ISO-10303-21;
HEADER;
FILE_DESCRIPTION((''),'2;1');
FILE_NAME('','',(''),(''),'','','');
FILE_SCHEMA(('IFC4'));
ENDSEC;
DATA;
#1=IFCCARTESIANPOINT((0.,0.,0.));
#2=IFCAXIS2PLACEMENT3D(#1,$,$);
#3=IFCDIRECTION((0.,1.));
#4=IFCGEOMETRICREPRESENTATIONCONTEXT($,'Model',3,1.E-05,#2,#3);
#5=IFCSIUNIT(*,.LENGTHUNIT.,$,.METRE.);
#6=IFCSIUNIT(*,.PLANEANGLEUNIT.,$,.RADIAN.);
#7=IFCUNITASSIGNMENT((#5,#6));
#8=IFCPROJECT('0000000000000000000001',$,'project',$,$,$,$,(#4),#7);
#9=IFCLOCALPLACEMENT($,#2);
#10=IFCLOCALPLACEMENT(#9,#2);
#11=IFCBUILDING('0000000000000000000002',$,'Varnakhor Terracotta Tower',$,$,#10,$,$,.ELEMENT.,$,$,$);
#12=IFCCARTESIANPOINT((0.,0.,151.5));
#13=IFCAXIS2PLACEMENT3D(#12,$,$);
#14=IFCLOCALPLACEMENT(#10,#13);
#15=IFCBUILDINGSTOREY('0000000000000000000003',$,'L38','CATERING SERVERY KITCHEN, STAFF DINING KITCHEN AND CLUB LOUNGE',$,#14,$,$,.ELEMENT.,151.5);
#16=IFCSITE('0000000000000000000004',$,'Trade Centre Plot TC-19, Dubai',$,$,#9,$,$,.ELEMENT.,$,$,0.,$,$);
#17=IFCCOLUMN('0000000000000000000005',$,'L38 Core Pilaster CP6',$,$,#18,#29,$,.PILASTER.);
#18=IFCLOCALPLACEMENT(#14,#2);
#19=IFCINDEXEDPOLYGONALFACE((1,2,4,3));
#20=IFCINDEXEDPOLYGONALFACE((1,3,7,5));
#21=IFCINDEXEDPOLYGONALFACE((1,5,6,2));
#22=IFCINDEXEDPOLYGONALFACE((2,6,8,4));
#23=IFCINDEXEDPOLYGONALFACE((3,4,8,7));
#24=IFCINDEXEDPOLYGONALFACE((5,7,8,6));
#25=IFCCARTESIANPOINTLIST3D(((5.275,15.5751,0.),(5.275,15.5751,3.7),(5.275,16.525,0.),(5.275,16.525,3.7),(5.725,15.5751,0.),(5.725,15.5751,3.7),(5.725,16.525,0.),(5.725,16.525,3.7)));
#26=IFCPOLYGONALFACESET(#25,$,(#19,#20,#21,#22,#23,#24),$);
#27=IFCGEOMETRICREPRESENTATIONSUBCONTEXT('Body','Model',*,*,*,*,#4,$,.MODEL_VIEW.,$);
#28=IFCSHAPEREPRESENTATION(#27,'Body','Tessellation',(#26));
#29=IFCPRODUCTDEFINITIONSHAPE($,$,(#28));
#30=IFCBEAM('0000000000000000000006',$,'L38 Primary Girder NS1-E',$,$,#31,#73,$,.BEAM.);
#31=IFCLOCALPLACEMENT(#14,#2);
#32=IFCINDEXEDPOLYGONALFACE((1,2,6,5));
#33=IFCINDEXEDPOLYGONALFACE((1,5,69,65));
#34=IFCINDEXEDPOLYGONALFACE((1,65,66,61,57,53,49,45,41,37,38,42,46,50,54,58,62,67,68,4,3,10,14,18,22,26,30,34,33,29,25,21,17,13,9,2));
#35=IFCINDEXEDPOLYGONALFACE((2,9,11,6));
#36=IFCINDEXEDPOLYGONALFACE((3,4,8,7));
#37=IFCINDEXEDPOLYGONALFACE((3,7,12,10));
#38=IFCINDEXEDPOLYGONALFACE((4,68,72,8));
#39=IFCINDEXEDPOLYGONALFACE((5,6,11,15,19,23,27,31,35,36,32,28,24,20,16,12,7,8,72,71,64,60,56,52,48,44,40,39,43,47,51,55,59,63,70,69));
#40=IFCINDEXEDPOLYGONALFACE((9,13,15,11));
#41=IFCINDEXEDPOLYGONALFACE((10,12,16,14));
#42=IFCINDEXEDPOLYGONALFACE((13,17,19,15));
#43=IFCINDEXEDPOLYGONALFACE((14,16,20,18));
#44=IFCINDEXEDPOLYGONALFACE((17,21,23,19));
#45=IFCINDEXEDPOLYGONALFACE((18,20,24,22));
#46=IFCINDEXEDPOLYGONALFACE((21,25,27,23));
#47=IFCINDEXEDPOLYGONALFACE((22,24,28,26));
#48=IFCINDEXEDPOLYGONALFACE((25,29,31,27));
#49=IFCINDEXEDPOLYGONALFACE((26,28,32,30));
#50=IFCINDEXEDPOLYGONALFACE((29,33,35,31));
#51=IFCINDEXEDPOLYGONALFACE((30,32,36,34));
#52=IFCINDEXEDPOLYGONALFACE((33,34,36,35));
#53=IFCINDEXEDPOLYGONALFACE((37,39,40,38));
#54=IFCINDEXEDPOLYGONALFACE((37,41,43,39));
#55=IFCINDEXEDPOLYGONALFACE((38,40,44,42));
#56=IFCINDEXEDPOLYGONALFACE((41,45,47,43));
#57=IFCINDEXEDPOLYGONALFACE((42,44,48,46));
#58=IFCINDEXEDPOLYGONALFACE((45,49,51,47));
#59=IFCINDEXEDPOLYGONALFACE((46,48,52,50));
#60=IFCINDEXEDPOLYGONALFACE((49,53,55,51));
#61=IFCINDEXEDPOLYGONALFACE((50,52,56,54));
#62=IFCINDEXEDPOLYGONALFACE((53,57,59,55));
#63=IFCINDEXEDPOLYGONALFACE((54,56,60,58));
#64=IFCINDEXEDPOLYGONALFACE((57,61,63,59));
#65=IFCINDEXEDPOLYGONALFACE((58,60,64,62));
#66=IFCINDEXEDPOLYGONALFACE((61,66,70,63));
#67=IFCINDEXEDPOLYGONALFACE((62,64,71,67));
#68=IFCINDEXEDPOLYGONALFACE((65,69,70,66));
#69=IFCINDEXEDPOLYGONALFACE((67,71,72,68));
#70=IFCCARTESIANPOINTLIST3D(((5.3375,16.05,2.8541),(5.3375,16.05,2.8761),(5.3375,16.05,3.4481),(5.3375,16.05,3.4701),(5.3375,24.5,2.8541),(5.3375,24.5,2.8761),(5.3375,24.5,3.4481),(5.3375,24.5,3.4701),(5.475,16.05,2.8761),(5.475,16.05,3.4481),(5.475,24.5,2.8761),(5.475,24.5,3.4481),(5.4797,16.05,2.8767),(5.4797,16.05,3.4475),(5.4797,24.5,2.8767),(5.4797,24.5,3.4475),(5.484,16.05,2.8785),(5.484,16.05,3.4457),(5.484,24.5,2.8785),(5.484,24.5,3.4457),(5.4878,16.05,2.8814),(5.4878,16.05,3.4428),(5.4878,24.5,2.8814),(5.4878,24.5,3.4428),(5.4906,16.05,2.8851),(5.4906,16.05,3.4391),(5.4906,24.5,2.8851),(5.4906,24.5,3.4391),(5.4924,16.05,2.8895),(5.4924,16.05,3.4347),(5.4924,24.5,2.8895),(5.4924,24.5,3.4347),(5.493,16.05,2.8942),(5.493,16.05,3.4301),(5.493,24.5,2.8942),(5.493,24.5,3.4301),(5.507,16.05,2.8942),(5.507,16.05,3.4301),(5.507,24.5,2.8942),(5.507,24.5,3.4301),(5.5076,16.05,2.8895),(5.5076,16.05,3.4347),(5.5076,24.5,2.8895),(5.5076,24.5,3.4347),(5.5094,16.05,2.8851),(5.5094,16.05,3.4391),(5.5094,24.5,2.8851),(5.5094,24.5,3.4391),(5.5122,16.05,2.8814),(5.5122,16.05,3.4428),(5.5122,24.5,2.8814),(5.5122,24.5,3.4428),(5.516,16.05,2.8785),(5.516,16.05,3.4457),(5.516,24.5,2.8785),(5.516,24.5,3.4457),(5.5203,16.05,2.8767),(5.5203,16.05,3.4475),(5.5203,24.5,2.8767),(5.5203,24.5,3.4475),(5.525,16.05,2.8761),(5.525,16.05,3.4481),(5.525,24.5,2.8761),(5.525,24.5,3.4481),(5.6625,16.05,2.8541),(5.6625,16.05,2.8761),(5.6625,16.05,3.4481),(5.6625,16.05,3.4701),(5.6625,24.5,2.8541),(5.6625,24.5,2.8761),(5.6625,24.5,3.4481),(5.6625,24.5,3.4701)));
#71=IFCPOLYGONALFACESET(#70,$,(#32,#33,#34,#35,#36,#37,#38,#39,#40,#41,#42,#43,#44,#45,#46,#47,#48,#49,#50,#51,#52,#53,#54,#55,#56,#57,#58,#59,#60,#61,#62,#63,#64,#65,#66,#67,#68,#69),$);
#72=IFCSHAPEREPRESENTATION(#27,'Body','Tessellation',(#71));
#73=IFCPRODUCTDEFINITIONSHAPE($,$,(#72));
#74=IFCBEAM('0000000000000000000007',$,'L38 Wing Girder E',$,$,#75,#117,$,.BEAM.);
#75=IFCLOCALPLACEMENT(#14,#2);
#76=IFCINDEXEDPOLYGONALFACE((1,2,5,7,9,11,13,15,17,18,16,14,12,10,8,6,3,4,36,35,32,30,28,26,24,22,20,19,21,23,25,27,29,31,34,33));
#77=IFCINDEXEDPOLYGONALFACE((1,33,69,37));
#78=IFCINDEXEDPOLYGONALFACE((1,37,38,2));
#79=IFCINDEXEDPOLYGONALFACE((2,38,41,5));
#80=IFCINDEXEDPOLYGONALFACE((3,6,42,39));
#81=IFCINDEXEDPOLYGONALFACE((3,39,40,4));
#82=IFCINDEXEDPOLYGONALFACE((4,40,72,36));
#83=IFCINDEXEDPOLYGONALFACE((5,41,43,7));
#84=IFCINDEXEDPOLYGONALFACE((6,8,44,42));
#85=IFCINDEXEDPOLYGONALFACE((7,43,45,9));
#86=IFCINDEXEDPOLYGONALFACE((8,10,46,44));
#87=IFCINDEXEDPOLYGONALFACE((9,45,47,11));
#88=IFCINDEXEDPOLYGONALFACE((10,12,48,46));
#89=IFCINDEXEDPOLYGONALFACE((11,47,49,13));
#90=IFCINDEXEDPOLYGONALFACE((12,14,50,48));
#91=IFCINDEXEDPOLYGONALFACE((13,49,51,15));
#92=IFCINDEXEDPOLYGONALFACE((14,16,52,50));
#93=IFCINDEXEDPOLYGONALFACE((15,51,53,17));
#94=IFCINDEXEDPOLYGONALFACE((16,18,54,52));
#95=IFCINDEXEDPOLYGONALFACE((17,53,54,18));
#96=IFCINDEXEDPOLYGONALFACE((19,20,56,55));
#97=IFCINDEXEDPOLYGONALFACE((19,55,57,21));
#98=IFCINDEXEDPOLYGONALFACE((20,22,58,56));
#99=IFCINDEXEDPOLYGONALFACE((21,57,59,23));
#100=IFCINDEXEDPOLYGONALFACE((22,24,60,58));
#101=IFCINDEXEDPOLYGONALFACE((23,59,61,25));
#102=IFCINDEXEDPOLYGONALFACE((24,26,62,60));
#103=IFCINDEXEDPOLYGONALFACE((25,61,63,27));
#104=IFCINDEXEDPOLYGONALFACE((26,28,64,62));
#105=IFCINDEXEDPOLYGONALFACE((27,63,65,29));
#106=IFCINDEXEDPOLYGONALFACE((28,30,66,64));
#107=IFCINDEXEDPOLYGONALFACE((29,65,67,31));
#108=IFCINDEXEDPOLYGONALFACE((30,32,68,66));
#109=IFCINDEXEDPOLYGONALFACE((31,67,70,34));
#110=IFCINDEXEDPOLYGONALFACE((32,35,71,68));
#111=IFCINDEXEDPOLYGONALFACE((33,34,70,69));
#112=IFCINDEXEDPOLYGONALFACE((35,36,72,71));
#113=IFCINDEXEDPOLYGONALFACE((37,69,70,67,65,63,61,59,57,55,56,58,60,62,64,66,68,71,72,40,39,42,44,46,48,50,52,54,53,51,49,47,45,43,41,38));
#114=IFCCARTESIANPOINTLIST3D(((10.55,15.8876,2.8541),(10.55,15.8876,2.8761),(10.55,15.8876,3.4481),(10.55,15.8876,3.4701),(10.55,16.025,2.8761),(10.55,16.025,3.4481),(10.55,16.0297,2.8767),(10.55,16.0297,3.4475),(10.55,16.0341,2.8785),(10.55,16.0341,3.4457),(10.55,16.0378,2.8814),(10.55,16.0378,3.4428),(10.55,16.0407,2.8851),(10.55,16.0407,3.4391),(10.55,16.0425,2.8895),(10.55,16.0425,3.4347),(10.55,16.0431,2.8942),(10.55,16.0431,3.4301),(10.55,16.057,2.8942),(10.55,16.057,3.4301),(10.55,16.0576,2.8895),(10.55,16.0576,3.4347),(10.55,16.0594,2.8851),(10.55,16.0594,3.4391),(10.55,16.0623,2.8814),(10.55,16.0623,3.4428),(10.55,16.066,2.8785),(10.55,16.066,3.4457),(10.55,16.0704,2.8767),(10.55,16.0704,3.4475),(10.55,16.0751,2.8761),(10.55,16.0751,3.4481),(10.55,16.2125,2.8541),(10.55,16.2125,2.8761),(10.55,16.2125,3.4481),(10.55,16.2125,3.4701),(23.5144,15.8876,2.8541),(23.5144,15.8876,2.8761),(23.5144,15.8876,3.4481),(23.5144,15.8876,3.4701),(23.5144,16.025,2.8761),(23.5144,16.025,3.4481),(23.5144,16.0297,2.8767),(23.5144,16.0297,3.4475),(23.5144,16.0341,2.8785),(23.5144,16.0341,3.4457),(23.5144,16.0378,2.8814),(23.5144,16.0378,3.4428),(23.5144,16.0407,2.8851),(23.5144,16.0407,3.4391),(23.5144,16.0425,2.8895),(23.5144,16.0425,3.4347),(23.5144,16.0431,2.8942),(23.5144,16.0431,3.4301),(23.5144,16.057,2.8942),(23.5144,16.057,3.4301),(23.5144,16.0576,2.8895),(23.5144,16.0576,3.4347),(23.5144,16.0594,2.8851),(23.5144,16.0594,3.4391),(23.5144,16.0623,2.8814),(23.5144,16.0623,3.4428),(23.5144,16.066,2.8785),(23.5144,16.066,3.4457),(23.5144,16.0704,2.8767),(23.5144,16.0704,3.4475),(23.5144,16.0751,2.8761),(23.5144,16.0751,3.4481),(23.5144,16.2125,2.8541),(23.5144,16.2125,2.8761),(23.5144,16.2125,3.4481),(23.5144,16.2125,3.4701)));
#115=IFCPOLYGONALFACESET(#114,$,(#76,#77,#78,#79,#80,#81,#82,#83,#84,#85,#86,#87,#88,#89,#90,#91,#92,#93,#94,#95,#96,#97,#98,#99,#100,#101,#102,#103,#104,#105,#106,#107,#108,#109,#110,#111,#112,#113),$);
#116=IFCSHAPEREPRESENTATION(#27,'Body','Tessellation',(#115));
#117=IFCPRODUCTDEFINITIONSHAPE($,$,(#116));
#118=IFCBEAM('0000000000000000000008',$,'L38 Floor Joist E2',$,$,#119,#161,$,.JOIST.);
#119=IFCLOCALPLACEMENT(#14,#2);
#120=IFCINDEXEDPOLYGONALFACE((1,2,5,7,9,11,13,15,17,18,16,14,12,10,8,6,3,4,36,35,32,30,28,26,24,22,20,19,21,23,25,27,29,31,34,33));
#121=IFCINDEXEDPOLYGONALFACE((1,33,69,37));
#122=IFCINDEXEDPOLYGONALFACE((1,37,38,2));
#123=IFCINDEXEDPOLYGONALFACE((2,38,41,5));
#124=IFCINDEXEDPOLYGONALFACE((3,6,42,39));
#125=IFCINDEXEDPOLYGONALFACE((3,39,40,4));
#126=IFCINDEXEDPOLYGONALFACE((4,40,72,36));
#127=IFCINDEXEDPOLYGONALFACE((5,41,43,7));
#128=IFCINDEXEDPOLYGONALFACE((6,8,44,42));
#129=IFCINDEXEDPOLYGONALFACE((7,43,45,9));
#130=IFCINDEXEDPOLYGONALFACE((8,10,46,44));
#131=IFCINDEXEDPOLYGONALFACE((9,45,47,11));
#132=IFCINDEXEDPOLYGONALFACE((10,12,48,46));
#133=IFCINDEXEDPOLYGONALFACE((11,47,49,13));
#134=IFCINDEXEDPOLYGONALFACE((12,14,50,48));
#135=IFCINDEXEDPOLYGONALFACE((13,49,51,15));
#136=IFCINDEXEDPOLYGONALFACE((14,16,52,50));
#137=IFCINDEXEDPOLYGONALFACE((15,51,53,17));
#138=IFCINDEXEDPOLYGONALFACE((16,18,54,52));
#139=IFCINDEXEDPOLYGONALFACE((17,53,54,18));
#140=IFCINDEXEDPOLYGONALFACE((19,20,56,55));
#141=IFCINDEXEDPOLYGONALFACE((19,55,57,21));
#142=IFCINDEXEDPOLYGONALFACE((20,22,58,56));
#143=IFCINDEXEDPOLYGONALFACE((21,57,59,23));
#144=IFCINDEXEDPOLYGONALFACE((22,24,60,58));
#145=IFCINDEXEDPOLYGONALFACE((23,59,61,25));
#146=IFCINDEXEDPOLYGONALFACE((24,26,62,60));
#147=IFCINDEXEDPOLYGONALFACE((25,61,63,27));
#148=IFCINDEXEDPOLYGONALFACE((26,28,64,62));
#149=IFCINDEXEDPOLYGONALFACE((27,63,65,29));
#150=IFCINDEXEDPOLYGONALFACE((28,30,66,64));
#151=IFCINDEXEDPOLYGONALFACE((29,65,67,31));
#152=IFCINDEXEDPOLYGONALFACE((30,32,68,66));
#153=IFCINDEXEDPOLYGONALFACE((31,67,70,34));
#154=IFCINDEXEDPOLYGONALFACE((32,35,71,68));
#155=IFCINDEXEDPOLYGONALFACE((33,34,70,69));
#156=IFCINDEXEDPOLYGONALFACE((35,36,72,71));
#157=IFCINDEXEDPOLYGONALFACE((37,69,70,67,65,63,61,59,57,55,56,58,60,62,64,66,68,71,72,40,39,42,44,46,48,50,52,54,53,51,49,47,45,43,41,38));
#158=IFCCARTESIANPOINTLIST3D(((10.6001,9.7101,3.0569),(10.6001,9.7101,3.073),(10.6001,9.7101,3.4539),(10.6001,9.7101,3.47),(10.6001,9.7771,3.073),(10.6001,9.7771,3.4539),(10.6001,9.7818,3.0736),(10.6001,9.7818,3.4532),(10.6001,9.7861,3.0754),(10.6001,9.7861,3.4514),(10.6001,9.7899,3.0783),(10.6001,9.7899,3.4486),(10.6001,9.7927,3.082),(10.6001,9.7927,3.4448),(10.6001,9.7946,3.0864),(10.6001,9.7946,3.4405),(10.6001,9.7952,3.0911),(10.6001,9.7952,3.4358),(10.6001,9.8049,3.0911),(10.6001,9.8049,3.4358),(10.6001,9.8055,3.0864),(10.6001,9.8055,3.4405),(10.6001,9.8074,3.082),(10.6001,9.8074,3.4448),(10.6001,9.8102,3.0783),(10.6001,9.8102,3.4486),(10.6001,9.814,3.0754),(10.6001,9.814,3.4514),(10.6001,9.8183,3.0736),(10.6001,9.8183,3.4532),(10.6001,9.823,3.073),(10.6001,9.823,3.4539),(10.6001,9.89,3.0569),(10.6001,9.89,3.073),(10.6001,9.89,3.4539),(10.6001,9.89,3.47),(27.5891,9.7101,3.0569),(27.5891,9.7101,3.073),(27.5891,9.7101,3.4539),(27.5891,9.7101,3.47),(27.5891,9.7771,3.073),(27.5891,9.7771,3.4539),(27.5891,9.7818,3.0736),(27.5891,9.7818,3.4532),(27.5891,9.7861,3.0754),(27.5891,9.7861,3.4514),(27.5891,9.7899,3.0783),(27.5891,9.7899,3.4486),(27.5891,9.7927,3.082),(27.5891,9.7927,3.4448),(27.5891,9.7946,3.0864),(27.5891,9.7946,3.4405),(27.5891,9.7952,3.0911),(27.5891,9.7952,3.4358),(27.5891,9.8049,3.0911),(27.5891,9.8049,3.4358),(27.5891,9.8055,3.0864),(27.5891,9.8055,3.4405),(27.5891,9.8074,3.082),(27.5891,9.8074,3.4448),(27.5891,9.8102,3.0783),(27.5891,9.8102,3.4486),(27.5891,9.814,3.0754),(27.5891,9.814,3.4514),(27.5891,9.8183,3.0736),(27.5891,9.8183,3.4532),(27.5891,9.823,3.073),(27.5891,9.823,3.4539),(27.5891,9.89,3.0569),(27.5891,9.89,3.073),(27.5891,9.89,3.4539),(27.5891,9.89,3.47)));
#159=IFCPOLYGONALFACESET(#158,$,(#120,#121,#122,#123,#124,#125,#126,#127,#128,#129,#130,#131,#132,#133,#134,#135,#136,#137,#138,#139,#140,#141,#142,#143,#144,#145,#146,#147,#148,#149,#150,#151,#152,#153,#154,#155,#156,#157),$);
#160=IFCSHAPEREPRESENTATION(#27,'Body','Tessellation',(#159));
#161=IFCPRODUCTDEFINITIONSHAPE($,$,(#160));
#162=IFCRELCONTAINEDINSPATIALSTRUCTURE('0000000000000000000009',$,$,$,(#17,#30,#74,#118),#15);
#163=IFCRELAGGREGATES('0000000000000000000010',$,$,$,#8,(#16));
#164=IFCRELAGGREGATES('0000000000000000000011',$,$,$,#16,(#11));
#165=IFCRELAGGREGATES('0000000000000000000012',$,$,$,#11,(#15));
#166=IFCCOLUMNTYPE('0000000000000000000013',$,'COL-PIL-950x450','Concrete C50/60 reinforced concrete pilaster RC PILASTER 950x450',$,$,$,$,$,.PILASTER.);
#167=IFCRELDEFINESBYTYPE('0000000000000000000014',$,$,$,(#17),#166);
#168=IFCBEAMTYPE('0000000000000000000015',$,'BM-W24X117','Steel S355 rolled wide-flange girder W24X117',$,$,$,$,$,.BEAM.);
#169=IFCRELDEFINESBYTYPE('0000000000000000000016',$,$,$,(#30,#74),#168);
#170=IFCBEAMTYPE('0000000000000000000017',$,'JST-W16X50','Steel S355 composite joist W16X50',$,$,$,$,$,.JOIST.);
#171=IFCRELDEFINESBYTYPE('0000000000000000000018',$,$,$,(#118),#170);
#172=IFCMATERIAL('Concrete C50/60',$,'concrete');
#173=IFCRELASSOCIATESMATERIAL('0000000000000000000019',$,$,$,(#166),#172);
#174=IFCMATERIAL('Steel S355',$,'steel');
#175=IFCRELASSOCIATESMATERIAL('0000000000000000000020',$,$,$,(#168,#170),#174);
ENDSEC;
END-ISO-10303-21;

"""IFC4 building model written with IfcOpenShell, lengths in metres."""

from ifc_helpers import new_model, si_unit, direction, frame, origin, origin_2d, place, context, subcontext, project, spatial, rectangle, i_section, extrude, source, transform, mapped, material, material_profile, profile_set, type_object, type_shapes, element, save


model = new_model("IFC4")

# Units and contexts
model_context = context("Model", 3, precision=1e-05, world=origin(), true_north=direction((0.0, 1.0)))
body_context = subcontext(model_context, "Body", "Model", "MODEL_VIEW")
ifc_project = project(units=[si_unit("LENGTHUNIT", "METRE"), si_unit("PLANEANGLEUNIT", "RADIAN")], contexts=[model_context])

# Site, building, storey
site_placement = place(None, origin())
site = spatial("IfcSite", under=ifc_project, at=site_placement, Name="Trade Centre Plot TC-19, Dubai", CompositionType="ELEMENT", RefElevation=0.0)
building_placement = place(site_placement, origin())
building = spatial("IfcBuilding", under=site, at=building_placement, Name="Varnakhor Terracotta Tower", CompositionType="ELEMENT")
storey_placement = place(building_placement, frame((0.0, 0.0, 151.5)))
storey = spatial("IfcBuildingStorey", under=building, at=storey_placement, Name="L38", Description="CATERING SERVERY KITCHEN, STAFF DINING KITCHEN AND CLUB LOUNGE", CompositionType="ELEMENT", Elevation=151.5)

# Column
ifc_material_1 = material(Name="Concrete C50/60", Category="concrete")
ifc_material_profile_1 = material_profile(ifc_material_1, rectangle(XDim=0.45, YDim=0.95, at=origin_2d()), Name="RC PILASTER 950x450")
ifc_profile_set_1 = profile_set([ifc_material_profile_1], Name="Concrete C50/60")
column_type = type_object("IfcColumnType", Name="COL-PIL-950x450", Description="Concrete C50/60 reinforced concrete pilaster RC PILASTER 950x450", PredefinedType="PILASTER", material=ifc_profile_set_1)
shared_shape_1 = source(origin(), body_context, "Body", "SweptSolid", [
    extrude(rectangle(XDim=0.45, YDim=0.95, at=origin_2d()), origin(), (0.0, 0.0, 1.0), 3.7),
])
column_placement = place(storey_placement, frame((5.5, 16.05, 0.0), z_axis=(0.0, 0.0, 1.0), x_axis=(1.0, 0.0, 0.0)))
element("IfcColumn", 1, at=column_placement, inside=storey, type_object=column_type, Name="L38 Core Pilaster CP6", PredefinedType="PILASTER", context=body_context, shape_type="MappedRepresentation", body=[
    mapped(shared_shape_1, transform((0.0, 0.0, 0.0), scale=1.0)),
])

# Beams
ifc_material_2 = material(Name="Steel S355", Category="steel")
ifc_material_profile_2 = material_profile(ifc_material_2, i_section(OverallWidth=0.325, OverallDepth=0.616, WebThickness=0.0139, FlangeThickness=0.022, FilletRadius=0.0181, at=origin_2d()), Name="W24X117")
ifc_profile_set_2 = profile_set([ifc_material_profile_2], Name="Steel S355")
beam_type_1 = type_object("IfcBeamType", Name="BM-W24X117", Description="Steel S355 rolled wide-flange girder W24X117", PredefinedType="BEAM", material=ifc_profile_set_2)
shared_shape_2 = source(origin(), body_context, "Body", "SweptSolid", [
    extrude(i_section(OverallWidth=0.325, OverallDepth=0.616, WebThickness=0.0139, FlangeThickness=0.022, FilletRadius=0.0181, at=origin_2d()), origin(), (0.0, 0.0, 1.0), 8.45),
])
type_shapes(beam_type_1, [shared_shape_2])
beam_1_placement = place(storey_placement, frame((5.5, 16.05, 3.1621), z_axis=(0.0, 1.0, 0.0), x_axis=(-1.0, 0.0, 0.0)))
element("IfcBeam", 2, at=beam_1_placement, inside=storey, type_object=beam_type_1, Name="L38 Primary Girder NS1-E", PredefinedType="BEAM", context=body_context, shape_type="MappedRepresentation", body=[
    mapped(shared_shape_2, transform((0.0, 0.0, 0.0), scale=1.0)),
])
shared_shape_3 = source(origin(), body_context, "Body", "SweptSolid", [
    extrude(i_section(OverallWidth=0.325, OverallDepth=0.616, WebThickness=0.0139, FlangeThickness=0.022, FilletRadius=0.0181, at=origin_2d()), origin(), (0.0, 0.0, 1.0), 12.9644),
])
beam_2_placement = place(storey_placement, frame((10.55, 16.05, 3.1621), z_axis=(1.0, 0.0, 0.0), x_axis=(0.0, 1.0, 0.0)))
element("IfcBeam", 3, at=beam_2_placement, inside=storey, type_object=beam_type_1, Name="L38 Wing Girder E", PredefinedType="BEAM", context=body_context, shape_type="MappedRepresentation", body=[
    mapped(shared_shape_3, transform((0.0, 0.0, 0.0), scale=1.0)),
])
ifc_material_profile_3 = material_profile(ifc_material_2, i_section(OverallWidth=0.1799, OverallDepth=0.4131, WebThickness=0.0098, FlangeThickness=0.0161, FilletRadius=0.0181, at=origin_2d()), Name="W16X50")
ifc_profile_set_3 = profile_set([ifc_material_profile_3], Name="Steel S355")
beam_type_2 = type_object("IfcBeamType", Name="JST-W16X50", Description="Steel S355 composite joist W16X50", PredefinedType="JOIST", material=ifc_profile_set_3)
shared_shape_4 = source(origin(), body_context, "Body", "SweptSolid", [
    extrude(i_section(OverallWidth=0.1799, OverallDepth=0.4131, WebThickness=0.0098, FlangeThickness=0.0161, FilletRadius=0.0181, at=origin_2d()), origin(), (0.0, 0.0, 1.0), 16.989),
])
beam_3_placement = place(storey_placement, frame((10.6001, 9.8, 3.2634), z_axis=(1.0, 0.0, 0.0), x_axis=(0.0, 1.0, 0.0)))
element("IfcBeam", 4, at=beam_3_placement, inside=storey, type_object=beam_type_2, Name="L38 Floor Joist E2", PredefinedType="JOIST", context=body_context, shape_type="MappedRepresentation", body=[
    mapped(shared_shape_4, transform((0.0, 0.0, 0.0), scale=1.0)),
])

save(model, "model.ifc")
